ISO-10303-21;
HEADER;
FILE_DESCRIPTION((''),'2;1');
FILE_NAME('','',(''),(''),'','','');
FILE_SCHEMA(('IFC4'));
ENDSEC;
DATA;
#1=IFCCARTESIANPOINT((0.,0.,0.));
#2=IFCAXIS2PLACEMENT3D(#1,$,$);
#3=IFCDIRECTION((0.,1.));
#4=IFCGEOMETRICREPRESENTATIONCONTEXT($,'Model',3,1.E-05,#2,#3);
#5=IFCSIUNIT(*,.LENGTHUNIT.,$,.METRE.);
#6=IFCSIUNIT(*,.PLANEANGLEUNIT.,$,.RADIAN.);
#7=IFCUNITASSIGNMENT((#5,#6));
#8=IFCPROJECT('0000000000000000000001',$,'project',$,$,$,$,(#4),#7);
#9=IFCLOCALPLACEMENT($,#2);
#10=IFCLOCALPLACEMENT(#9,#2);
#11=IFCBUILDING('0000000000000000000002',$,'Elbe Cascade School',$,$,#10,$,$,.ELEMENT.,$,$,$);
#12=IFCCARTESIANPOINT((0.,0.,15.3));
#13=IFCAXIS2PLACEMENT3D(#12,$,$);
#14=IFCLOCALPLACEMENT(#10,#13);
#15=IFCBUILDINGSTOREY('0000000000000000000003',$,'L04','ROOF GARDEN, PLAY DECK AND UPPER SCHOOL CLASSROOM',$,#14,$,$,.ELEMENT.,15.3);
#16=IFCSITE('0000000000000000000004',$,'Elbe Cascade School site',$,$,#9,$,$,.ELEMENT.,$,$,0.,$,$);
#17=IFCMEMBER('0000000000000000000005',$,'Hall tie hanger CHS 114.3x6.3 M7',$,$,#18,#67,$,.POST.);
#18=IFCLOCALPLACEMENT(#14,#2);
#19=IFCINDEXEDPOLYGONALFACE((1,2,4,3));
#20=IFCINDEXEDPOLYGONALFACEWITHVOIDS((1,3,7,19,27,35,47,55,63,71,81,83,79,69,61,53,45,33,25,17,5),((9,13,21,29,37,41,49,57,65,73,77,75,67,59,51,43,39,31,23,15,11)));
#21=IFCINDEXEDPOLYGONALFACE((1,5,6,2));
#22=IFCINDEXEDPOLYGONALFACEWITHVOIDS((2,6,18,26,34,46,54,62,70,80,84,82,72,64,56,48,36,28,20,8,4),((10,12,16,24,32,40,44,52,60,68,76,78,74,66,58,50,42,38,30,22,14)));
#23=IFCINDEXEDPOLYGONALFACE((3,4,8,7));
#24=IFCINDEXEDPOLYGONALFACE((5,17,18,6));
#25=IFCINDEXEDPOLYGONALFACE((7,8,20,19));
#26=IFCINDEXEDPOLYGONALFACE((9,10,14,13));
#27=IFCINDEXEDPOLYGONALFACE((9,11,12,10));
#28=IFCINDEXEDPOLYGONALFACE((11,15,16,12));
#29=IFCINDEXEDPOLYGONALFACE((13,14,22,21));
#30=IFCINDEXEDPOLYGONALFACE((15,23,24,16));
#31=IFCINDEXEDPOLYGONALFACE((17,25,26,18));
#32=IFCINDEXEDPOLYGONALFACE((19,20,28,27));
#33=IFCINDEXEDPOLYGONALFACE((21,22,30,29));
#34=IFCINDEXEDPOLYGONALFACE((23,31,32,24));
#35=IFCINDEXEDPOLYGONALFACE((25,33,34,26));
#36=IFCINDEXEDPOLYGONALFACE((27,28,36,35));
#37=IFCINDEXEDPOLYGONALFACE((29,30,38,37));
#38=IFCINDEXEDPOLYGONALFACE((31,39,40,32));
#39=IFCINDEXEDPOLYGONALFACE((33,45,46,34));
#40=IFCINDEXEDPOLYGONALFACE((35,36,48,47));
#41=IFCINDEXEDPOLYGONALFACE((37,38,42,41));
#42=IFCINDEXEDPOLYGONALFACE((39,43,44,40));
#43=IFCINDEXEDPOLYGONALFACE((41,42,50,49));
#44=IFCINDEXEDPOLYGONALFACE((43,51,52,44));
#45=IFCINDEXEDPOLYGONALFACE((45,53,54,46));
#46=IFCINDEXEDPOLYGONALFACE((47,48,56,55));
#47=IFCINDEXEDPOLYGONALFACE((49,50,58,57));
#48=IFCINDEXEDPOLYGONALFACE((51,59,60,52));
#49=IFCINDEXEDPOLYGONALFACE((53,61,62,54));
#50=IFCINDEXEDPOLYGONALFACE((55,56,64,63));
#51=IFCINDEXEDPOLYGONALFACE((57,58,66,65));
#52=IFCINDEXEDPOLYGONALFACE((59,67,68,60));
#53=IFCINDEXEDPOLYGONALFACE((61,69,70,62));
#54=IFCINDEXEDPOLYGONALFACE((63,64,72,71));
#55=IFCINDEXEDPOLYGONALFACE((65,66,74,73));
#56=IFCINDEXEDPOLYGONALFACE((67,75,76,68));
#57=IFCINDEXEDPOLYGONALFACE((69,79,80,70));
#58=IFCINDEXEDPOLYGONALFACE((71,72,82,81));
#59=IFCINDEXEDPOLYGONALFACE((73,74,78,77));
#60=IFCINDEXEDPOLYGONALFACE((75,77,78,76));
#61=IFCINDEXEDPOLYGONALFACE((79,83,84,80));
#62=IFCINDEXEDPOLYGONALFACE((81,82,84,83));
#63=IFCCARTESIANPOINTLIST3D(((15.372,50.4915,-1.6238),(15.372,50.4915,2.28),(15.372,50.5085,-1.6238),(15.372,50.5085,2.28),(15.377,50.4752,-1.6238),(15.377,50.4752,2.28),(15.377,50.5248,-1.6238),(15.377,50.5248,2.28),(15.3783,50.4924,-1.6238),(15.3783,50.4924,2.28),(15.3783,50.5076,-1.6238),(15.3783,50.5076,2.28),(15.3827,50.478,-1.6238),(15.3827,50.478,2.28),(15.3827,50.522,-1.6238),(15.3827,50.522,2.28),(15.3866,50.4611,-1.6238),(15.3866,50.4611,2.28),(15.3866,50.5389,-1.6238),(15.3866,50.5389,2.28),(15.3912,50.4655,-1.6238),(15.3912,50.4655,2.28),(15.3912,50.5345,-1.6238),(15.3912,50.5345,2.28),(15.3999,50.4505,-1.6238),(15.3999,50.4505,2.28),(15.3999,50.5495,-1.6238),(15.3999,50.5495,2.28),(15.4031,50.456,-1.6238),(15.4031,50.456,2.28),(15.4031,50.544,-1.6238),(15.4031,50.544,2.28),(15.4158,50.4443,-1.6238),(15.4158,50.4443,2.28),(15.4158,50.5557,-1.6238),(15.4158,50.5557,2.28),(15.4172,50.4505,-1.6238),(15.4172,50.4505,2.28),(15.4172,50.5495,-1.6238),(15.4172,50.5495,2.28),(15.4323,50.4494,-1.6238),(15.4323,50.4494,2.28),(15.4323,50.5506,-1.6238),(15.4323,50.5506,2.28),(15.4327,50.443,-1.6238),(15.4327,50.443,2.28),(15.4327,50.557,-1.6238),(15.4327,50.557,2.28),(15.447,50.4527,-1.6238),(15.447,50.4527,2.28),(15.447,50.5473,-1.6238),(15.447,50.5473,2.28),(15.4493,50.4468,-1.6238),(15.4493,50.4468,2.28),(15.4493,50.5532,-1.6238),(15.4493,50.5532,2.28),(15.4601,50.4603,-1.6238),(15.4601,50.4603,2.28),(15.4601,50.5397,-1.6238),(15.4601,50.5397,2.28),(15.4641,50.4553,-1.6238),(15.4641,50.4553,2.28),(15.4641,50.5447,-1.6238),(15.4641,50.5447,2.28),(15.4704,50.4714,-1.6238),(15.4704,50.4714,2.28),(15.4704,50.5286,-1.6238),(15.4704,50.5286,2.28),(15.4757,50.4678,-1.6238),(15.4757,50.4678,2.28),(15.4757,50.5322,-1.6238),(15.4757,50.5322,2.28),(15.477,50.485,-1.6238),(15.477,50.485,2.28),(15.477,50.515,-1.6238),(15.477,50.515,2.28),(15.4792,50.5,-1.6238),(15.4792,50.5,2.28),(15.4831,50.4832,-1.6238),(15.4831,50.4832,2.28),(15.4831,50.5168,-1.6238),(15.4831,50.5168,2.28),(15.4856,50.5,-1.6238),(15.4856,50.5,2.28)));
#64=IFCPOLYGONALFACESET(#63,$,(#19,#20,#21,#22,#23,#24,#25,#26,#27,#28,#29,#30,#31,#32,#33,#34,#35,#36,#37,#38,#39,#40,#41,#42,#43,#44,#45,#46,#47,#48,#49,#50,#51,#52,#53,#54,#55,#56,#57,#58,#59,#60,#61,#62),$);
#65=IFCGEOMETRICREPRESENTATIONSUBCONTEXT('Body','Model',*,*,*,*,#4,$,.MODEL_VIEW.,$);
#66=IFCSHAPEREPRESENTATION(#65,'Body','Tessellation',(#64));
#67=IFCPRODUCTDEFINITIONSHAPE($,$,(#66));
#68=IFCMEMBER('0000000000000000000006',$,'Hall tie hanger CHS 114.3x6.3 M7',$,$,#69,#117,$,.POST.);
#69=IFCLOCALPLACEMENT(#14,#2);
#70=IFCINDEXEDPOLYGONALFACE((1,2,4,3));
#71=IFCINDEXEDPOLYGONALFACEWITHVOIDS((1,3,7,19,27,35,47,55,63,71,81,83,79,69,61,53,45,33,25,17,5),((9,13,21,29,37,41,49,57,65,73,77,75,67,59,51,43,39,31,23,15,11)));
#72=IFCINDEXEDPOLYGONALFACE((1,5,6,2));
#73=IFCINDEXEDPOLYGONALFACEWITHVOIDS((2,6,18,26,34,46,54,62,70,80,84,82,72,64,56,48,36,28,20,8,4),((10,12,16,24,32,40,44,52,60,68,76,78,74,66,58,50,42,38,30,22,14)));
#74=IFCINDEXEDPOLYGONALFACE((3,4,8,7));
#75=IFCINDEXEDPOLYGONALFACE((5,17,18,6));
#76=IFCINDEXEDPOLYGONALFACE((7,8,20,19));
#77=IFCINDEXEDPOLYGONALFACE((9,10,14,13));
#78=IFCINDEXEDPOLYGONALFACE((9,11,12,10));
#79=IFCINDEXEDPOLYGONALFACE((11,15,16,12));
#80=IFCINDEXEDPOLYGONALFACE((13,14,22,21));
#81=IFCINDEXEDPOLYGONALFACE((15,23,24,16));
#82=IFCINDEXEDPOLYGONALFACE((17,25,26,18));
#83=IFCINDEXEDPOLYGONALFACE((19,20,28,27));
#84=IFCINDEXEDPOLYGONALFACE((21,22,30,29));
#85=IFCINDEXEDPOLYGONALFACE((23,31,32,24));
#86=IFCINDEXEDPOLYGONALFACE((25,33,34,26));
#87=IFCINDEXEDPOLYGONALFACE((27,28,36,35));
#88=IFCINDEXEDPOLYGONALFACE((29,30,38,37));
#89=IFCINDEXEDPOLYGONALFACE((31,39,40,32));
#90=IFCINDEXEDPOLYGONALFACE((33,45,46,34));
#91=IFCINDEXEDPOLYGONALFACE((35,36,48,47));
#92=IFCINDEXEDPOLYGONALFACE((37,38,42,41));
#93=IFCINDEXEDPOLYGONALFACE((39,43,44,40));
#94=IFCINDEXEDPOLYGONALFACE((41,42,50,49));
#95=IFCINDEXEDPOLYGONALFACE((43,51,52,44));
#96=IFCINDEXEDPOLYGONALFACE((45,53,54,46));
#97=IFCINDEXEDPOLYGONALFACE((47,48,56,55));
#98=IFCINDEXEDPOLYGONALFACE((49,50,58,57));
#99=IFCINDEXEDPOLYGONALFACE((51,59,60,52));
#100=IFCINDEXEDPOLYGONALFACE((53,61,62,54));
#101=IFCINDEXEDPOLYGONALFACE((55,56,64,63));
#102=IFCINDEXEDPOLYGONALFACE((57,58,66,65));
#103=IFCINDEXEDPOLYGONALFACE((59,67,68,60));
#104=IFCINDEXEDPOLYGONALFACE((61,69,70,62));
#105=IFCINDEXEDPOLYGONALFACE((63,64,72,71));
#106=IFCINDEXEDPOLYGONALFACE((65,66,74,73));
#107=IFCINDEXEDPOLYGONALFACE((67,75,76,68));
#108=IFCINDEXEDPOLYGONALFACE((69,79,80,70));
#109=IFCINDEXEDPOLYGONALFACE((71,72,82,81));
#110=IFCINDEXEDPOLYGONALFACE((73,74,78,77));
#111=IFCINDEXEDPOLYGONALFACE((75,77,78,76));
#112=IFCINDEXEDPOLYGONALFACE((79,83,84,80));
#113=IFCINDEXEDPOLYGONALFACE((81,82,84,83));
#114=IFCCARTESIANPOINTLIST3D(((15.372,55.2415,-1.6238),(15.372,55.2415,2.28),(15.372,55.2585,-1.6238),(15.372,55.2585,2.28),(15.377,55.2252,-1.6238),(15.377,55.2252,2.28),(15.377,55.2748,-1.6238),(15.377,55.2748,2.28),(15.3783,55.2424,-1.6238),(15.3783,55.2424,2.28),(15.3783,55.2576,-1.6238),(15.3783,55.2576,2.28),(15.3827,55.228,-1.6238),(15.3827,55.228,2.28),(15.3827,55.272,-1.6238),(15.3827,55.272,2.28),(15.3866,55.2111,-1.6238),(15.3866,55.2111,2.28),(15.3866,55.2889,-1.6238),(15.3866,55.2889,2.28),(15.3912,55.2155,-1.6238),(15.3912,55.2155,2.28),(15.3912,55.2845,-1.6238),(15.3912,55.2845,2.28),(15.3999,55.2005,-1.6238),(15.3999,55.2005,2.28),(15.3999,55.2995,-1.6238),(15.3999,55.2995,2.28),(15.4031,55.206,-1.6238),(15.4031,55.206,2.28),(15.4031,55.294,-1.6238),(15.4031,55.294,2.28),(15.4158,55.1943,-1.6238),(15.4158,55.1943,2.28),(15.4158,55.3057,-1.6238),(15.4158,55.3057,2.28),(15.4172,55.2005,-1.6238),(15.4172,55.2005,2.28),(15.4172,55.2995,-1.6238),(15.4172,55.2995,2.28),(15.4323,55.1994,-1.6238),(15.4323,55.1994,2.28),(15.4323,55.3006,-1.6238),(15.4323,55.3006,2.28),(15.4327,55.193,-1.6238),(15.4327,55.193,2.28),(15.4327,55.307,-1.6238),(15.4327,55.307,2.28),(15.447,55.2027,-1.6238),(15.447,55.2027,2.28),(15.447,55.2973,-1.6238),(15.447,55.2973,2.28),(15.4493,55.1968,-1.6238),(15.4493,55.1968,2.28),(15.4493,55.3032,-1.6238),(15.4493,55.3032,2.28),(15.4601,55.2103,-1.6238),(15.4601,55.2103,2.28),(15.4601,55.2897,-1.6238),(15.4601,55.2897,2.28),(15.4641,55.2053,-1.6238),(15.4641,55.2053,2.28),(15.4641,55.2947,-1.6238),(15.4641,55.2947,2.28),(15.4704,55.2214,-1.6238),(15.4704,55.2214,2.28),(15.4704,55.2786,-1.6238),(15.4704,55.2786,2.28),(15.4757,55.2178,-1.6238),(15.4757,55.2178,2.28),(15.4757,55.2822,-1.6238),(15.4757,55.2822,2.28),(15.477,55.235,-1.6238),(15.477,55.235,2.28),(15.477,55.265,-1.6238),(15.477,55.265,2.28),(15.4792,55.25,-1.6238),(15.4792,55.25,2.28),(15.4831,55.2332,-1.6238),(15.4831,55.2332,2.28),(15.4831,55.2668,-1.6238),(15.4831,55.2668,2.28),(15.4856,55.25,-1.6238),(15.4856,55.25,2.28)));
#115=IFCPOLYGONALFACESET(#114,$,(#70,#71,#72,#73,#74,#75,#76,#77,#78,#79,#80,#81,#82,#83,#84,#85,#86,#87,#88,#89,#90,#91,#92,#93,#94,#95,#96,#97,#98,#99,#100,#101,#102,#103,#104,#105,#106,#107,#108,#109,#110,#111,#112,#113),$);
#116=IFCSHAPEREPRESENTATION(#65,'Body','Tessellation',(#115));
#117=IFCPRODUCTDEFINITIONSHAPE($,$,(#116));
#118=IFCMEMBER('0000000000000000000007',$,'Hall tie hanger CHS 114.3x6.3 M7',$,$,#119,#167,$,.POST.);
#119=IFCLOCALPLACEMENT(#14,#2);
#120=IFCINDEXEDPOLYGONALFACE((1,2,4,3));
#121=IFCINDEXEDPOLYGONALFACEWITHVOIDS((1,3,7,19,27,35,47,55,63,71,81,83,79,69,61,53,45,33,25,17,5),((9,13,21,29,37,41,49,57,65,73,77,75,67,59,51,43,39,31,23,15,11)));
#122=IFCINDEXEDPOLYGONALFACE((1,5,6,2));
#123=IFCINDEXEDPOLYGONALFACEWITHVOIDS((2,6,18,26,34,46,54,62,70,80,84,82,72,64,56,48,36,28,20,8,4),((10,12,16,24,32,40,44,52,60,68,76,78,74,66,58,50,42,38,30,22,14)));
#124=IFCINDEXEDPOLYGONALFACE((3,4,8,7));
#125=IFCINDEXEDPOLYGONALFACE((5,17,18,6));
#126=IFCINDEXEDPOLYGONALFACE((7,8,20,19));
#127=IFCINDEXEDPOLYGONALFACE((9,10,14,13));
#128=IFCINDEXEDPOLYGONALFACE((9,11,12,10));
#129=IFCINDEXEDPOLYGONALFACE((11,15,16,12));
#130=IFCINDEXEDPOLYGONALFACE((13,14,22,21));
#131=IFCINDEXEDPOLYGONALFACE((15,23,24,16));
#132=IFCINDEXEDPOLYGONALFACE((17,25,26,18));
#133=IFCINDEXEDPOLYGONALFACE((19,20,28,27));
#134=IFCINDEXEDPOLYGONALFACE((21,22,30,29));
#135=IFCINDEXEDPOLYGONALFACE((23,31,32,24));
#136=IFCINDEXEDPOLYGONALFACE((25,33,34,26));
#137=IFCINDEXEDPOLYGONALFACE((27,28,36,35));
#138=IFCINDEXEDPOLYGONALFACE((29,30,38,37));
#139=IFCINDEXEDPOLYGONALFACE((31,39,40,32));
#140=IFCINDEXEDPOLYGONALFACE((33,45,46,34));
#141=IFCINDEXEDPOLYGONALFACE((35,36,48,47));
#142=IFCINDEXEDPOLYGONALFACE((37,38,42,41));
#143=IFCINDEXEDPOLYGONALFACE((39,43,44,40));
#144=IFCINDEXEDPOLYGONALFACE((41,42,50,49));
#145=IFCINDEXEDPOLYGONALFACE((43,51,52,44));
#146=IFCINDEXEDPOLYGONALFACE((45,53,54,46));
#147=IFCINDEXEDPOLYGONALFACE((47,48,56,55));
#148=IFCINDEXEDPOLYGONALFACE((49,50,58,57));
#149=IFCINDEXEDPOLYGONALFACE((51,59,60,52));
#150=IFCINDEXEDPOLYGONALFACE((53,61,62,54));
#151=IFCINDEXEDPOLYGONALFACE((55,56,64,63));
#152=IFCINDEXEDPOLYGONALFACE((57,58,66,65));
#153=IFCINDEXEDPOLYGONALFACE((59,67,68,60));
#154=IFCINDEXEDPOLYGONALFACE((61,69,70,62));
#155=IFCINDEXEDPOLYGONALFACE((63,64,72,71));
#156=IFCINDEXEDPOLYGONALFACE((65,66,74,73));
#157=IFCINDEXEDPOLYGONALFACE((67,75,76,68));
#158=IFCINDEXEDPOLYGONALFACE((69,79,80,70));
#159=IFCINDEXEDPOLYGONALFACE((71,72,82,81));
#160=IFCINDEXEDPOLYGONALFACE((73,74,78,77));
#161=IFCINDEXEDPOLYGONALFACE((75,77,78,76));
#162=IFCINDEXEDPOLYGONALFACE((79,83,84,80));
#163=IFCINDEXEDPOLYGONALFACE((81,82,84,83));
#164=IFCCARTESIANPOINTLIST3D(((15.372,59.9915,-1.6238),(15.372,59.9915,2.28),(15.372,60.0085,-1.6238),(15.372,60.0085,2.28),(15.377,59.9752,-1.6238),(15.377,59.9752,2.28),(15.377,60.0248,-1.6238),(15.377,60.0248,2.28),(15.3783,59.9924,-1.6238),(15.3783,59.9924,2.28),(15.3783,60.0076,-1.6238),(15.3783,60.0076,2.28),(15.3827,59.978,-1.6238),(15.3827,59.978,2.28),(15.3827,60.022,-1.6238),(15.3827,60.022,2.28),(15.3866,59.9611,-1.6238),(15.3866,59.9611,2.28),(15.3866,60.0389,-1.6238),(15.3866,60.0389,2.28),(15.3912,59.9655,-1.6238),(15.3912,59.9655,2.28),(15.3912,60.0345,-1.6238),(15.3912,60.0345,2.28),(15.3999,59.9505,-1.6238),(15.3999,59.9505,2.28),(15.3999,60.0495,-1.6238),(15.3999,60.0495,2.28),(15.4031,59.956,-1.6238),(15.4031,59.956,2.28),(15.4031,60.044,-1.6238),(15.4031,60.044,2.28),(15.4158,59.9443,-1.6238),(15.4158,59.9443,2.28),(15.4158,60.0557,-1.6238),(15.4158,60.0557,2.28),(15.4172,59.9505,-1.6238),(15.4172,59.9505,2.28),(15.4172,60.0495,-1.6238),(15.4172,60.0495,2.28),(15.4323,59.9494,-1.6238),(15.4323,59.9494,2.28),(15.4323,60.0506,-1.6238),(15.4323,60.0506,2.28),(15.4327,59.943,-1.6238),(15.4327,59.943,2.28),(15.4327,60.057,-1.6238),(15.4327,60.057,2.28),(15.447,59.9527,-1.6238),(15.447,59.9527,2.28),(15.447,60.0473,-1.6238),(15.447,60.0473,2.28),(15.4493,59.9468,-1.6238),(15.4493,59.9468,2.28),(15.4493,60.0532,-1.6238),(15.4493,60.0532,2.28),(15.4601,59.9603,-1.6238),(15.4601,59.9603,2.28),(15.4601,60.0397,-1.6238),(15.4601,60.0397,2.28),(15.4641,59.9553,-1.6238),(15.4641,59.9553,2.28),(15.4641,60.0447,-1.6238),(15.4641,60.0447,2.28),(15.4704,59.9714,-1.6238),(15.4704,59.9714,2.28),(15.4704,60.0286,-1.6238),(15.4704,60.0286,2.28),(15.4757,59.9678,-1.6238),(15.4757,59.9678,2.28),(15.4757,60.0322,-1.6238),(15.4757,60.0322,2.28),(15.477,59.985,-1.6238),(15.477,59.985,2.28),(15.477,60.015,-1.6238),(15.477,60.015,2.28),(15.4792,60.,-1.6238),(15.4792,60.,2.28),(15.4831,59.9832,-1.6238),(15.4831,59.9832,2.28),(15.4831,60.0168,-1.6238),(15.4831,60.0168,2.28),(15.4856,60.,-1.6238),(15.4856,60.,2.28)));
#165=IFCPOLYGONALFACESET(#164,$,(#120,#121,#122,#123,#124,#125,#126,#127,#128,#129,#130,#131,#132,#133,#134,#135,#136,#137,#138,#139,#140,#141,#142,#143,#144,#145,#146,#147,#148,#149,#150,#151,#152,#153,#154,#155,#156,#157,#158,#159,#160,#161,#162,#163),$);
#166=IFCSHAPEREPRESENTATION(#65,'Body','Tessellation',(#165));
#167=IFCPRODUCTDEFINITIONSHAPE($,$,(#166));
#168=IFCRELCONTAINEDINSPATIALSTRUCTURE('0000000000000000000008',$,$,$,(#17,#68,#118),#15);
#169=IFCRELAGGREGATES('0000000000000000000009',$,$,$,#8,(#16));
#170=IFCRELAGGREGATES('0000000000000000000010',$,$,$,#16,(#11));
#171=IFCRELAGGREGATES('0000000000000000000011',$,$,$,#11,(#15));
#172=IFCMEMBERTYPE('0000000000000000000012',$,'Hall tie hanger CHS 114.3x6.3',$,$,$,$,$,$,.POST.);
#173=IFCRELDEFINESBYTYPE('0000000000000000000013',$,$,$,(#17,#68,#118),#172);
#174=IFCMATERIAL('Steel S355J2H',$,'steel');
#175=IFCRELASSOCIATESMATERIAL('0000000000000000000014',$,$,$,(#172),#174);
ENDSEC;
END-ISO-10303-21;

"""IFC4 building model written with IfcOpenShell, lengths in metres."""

from ifc_helpers import new_model, si_unit, direction, frame, origin, origin_2d, place, context, subcontext, project, spatial, hollow_circle, extrude, material, material_profile, profile_set, type_object, element, save


model = new_model("IFC4")

# Units and contexts
model_context = context("Model", 3, precision=1e-05, world=origin(), true_north=direction((0.0, 1.0)))
body_context = subcontext(model_context, "Body", "Model", "MODEL_VIEW")
ifc_project = project(units=[si_unit("LENGTHUNIT", "METRE"), si_unit("PLANEANGLEUNIT", "RADIAN")], contexts=[model_context])

# Site, building, storey
site_placement = place(None, origin())
site = spatial("IfcSite", under=ifc_project, at=site_placement, Name="Elbe Cascade School site", CompositionType="ELEMENT", RefElevation=0.0)
building_placement = place(site_placement, origin())
building = spatial("IfcBuilding", under=site, at=building_placement, Name="Elbe Cascade School", CompositionType="ELEMENT")
storey_placement = place(building_placement, frame((0.0, 0.0, 15.3)))
storey = spatial("IfcBuildingStorey", under=building, at=storey_placement, Name="L04", Description="ROOF GARDEN, PLAY DECK AND UPPER SCHOOL CLASSROOM", CompositionType="ELEMENT", Elevation=15.3)

# Members
ifc_material_1 = material(Name="Steel S355J2H", Category="steel")
ifc_material_profile_1 = material_profile(ifc_material_1, hollow_circle(Radius=0.0571, WallThickness=0.0063, at=origin_2d()), Name="CHS 114.3x6.3")
ifc_profile_set_1 = profile_set([ifc_material_profile_1], Name="Steel S355J2H")
member_type_1 = type_object("IfcMemberType", Name="Hall tie hanger CHS 114.3x6.3", PredefinedType="POST", material=ifc_profile_set_1)
for number, where, z_axis, x_axis, name in (
    (1, (15.4285, 50.5, -1.6238), (0.0, 0.0, 1.0), (1.0, 0.0, 0.0), "Hall tie hanger CHS 114.3x6.3 M7"),
    (2, (15.4285, 55.25, -1.6238), (0.0, 0.0, 1.0), (1.0, 0.0, 0.0), "Hall tie hanger CHS 114.3x6.3 M7"),
    (3, (15.4285, 60.0, -1.6238), (0.0, 0.0, 1.0), (1.0, 0.0, 0.0), "Hall tie hanger CHS 114.3x6.3 M7"),
):
    element("IfcMember", number, at=place(storey_placement, frame(where, z_axis=z_axis, x_axis=x_axis)), inside=storey, type_object=member_type_1, Name=name, PredefinedType="POST", context=body_context, shape_type="SweptSolid", body=[
        extrude(hollow_circle(Radius=0.0571, WallThickness=0.0063, at=origin_2d()), origin(), (0.0, 0.0, 1.0), 3.9038),
    ])

save(model, "model.ifc")
